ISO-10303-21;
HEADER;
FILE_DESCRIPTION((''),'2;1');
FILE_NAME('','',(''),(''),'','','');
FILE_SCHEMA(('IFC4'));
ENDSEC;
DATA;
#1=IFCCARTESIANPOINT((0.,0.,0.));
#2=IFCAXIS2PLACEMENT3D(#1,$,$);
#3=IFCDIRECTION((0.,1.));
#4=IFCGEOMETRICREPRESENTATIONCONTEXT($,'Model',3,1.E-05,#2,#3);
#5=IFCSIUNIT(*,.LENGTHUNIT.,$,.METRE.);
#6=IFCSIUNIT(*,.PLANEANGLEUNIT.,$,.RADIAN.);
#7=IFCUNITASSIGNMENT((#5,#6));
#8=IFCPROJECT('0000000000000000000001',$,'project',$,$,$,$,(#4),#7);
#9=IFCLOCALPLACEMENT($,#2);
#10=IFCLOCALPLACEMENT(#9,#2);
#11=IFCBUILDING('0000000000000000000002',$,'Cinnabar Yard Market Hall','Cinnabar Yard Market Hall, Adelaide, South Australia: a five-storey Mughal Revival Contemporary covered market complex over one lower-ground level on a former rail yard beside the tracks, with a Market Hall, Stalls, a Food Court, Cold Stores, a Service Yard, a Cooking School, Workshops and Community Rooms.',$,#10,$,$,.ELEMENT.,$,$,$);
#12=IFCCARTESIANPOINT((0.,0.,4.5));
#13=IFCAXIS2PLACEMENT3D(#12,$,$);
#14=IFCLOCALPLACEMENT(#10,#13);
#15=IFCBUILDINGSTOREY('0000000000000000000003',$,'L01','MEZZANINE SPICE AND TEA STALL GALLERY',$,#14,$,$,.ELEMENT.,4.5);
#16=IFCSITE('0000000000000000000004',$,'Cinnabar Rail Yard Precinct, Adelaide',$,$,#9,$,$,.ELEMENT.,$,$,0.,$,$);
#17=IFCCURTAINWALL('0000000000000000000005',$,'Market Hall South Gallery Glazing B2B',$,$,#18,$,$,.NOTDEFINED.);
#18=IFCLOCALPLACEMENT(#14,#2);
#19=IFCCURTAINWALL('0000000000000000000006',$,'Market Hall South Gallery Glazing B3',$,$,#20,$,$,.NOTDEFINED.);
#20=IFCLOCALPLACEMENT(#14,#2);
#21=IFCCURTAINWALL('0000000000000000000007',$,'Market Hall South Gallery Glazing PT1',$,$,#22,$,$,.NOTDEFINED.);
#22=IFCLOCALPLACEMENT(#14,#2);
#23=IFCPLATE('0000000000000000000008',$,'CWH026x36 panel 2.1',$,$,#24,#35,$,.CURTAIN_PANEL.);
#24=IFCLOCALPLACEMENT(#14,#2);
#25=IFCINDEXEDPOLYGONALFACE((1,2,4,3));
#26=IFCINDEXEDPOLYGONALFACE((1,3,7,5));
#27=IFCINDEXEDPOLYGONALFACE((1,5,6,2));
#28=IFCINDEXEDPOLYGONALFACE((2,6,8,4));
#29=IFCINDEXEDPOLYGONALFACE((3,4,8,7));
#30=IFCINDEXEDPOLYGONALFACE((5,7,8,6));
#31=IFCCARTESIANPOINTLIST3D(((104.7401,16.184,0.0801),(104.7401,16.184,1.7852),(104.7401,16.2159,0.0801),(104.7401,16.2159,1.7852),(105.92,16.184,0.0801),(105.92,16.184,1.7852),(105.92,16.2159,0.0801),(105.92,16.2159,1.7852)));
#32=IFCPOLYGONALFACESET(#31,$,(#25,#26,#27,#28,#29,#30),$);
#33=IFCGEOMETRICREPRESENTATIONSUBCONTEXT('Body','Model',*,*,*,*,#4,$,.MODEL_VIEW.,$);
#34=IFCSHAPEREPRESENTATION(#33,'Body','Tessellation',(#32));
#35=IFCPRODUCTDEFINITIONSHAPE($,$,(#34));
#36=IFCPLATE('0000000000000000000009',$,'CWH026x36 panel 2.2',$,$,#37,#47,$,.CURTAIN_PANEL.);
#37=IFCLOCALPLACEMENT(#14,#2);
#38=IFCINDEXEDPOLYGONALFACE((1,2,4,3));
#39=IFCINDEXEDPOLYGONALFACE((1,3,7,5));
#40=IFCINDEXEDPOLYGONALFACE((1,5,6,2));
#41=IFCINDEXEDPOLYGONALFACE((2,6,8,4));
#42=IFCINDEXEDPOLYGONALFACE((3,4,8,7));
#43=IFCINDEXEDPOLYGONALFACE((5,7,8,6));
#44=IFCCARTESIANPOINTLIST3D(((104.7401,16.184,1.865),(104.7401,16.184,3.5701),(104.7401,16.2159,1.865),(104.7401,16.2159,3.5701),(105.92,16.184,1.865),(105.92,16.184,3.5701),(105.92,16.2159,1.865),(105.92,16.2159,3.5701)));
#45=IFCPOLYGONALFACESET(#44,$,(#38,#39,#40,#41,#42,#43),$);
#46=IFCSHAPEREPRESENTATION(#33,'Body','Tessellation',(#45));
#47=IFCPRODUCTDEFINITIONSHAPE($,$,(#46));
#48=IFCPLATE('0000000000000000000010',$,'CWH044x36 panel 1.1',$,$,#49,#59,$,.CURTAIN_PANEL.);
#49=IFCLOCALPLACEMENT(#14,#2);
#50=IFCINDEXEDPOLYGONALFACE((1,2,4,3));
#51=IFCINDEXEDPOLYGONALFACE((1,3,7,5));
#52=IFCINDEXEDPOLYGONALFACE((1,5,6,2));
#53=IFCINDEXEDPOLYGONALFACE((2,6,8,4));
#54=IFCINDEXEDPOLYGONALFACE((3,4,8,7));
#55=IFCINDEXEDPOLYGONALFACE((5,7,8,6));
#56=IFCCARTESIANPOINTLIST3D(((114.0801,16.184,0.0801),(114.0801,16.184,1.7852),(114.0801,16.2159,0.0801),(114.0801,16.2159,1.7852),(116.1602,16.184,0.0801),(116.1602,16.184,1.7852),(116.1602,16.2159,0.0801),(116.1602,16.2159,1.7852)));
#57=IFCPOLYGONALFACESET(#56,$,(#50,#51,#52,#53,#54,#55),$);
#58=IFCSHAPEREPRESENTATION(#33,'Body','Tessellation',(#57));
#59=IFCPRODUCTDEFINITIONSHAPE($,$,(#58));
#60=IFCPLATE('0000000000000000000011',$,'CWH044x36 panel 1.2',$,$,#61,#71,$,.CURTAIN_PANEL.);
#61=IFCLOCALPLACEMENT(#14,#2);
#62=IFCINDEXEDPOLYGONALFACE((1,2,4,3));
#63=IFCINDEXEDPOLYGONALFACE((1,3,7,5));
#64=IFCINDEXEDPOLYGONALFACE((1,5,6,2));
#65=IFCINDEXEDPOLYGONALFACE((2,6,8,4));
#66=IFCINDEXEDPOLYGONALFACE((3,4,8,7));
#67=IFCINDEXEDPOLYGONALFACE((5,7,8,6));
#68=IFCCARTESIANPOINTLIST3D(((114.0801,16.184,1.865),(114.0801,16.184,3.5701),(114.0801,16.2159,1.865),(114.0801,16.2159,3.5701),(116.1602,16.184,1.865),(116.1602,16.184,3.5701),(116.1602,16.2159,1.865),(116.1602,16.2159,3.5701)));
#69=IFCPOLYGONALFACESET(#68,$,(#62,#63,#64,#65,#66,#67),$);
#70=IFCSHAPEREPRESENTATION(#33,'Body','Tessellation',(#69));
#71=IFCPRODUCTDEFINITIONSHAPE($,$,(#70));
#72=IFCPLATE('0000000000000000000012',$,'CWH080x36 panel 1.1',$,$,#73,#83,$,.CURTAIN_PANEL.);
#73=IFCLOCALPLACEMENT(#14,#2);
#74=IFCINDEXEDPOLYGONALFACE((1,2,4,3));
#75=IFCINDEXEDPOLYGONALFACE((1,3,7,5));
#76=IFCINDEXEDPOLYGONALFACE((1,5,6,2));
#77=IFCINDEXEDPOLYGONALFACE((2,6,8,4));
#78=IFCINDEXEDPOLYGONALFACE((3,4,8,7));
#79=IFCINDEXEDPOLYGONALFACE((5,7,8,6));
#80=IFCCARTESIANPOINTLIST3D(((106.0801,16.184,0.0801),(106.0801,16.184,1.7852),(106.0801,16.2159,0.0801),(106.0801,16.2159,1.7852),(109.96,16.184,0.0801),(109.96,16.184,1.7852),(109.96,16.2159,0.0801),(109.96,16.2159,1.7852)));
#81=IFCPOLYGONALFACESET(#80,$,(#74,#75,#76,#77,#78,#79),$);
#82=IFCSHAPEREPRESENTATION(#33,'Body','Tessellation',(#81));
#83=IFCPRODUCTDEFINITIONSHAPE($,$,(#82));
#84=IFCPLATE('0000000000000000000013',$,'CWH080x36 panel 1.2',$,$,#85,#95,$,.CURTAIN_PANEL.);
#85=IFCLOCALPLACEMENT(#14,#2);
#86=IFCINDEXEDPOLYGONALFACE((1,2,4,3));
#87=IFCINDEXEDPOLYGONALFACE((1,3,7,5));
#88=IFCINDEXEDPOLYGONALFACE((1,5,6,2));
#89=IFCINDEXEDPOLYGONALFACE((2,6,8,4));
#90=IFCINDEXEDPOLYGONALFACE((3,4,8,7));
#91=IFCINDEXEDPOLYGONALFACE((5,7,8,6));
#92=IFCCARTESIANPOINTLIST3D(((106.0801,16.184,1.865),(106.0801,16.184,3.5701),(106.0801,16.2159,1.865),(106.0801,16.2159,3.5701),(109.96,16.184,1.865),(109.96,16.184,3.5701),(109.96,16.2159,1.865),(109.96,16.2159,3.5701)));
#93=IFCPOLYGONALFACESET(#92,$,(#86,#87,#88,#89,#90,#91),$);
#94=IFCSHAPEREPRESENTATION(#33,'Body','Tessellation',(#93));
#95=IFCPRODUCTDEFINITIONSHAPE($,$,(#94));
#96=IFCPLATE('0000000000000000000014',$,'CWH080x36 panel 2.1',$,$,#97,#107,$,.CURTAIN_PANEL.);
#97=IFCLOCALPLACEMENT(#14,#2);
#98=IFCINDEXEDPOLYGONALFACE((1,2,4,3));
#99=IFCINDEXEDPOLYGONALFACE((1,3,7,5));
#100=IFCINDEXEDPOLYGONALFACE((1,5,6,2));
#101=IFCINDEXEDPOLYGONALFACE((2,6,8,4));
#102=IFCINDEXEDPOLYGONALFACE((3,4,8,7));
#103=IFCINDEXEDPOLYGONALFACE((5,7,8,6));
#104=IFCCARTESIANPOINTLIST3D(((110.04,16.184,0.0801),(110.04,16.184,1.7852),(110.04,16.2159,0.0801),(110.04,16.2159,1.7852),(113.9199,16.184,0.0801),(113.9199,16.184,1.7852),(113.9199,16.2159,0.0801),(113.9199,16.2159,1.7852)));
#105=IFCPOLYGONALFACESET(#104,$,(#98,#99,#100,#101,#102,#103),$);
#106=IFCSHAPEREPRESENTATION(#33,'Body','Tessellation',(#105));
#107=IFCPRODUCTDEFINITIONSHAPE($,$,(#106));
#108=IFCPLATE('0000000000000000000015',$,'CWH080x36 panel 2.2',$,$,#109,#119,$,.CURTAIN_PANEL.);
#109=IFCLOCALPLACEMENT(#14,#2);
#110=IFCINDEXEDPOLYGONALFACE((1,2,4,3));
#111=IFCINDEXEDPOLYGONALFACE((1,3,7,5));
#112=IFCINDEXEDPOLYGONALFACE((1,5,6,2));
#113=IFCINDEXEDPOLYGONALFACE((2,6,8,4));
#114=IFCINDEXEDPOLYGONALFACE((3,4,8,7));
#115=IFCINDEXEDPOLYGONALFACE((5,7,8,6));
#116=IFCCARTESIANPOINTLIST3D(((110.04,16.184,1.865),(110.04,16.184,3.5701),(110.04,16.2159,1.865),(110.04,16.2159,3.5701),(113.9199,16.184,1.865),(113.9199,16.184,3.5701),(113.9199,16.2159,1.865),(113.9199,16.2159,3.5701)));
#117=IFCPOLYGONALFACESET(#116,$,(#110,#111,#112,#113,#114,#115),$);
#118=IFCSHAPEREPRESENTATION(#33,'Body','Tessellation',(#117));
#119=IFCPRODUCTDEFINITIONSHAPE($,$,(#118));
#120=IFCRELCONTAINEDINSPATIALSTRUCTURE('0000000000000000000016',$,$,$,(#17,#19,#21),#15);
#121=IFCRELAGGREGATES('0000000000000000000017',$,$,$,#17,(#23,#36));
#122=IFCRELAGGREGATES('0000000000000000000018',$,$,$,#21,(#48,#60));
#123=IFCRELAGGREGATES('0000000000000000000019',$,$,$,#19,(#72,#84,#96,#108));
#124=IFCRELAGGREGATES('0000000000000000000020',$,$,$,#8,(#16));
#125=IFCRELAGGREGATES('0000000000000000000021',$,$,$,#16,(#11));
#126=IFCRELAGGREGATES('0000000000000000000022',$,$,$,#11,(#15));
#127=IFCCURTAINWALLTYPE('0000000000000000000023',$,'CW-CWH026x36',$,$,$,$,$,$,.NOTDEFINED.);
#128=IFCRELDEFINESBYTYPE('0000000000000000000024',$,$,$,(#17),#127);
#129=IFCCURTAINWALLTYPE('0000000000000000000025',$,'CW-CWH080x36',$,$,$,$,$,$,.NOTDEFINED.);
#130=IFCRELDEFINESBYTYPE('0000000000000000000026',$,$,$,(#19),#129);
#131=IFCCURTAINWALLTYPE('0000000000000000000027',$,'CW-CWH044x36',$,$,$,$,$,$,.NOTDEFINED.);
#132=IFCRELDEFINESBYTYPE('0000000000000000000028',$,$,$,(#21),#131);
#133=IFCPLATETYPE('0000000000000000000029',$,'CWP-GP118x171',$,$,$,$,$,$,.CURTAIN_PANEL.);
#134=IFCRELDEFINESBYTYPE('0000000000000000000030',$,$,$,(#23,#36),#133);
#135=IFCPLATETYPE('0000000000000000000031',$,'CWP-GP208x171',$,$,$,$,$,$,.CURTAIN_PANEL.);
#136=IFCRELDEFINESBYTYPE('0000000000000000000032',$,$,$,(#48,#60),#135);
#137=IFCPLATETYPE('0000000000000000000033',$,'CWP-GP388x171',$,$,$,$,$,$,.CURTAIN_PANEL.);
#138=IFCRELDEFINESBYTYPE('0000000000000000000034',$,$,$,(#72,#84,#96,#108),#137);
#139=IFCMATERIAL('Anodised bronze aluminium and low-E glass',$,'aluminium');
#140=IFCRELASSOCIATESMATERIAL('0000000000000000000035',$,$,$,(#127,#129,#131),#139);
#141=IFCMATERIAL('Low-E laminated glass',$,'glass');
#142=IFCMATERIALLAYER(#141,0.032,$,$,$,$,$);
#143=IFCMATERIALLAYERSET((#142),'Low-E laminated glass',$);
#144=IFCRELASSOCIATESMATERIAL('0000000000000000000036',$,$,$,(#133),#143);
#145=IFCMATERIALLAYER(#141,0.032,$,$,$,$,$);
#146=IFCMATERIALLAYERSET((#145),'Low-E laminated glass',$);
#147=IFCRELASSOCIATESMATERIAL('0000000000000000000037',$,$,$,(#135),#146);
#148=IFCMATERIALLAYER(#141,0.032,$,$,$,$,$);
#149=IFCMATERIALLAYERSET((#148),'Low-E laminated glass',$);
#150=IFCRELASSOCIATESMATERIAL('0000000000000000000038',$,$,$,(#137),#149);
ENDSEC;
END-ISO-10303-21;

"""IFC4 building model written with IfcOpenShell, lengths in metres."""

from ifc_helpers import new_model, si_unit, direction, frame, origin, origin_2d_with_axis, place, context, subcontext, project, spatial, rectangle, extrude, material, layer, layer_set, type_object, element, aggregate, save


model = new_model("IFC4")

# Units and contexts
model_context = context("Model", 3, precision=1e-05, world=origin(), true_north=direction((0.0, 1.0)))
body_context = subcontext(model_context, "Body", "Model", "MODEL_VIEW")
ifc_project = project(units=[si_unit("LENGTHUNIT", "METRE"), si_unit("PLANEANGLEUNIT", "RADIAN")], contexts=[model_context])

# Site, building, storey
site_placement = place(None, origin())
site = spatial("IfcSite", under=ifc_project, at=site_placement, Name="Cinnabar Rail Yard Precinct, Adelaide", CompositionType="ELEMENT", RefElevation=0.0)
building_placement = place(site_placement, origin())
building = spatial("IfcBuilding", under=site, at=building_placement, Name="Cinnabar Yard Market Hall", Description="Cinnabar Yard Market Hall, Adelaide, South Australia: a five-storey Mughal Revival Contemporary covered market complex over one lower-ground level on a former rail yard beside the tracks, with a Market Hall, Stalls, a Food Court, Cold Stores, a Service Yard, a Cooking School, Workshops and Community Rooms.", CompositionType="ELEMENT")
storey_placement = place(building_placement, frame((0.0, 0.0, 4.5)))
storey = spatial("IfcBuildingStorey", under=building, at=storey_placement, Name="L01", Description="MEZZANINE SPICE AND TEA STALL GALLERY", CompositionType="ELEMENT", Elevation=4.5)

# Curtain walls
ifc_material_1 = material(Name="Anodised bronze aluminium and low-E glass", Category="aluminium")
curtain_wall_type_1 = type_object("IfcCurtainWallType", Name="CW-CWH026x36", PredefinedType="NOTDEFINED", material=ifc_material_1)
curtain_wall_1_placement = place(storey_placement, origin())
curtain_wall_1 = element("IfcCurtainWall", 1, at=curtain_wall_1_placement, inside=storey, type_object=curtain_wall_type_1, Name="Market Hall South Gallery Glazing B2B", PredefinedType="NOTDEFINED")
curtain_wall_type_2 = type_object("IfcCurtainWallType", Name="CW-CWH080x36", PredefinedType="NOTDEFINED", material=ifc_material_1)
curtain_wall_2_placement = place(storey_placement, origin())
curtain_wall_2 = element("IfcCurtainWall", 2, at=curtain_wall_2_placement, inside=storey, type_object=curtain_wall_type_2, Name="Market Hall South Gallery Glazing B3", PredefinedType="NOTDEFINED")
curtain_wall_type_3 = type_object("IfcCurtainWallType", Name="CW-CWH044x36", PredefinedType="NOTDEFINED", material=ifc_material_1)
curtain_wall_3_placement = place(storey_placement, origin())
curtain_wall_3 = element("IfcCurtainWall", 3, at=curtain_wall_3_placement, inside=storey, type_object=curtain_wall_type_3, Name="Market Hall South Gallery Glazing PT1", PredefinedType="NOTDEFINED")

# Plates
ifc_material_2 = material(Name="Low-E laminated glass", Category="glass")
ifc_layer_1 = layer(ifc_material_2, 0.032)
ifc_layer_set_1 = layer_set([ifc_layer_1], Name="Low-E laminated glass")
plate_type_1 = type_object("IfcPlateType", Name="CWP-GP118x171", PredefinedType="CURTAIN_PANEL", material=ifc_layer_set_1)
plate_1_placement = place(storey_placement, frame((105.3301, 16.2, 0.0801), z_axis=(0.0, 0.0, 1.0), x_axis=(1.0, 0.0, 0.0)))
plate_1 = element("IfcPlate", 4, at=plate_1_placement, type_object=plate_type_1, Name="CWH026x36 panel 2.1", PredefinedType="CURTAIN_PANEL", context=body_context, shape_type="SweptSolid", body=[
    extrude(rectangle(XDim=1.1799, YDim=0.032, at=origin_2d_with_axis()), origin(), (0.0, 0.0, 1.0), 1.7051),
])
plate_2_placement = place(storey_placement, frame((105.3301, 16.2, 1.865), z_axis=(0.0, 0.0, 1.0), x_axis=(1.0, 0.0, 0.0)))
plate_2 = element("IfcPlate", 5, at=plate_2_placement, type_object=plate_type_1, Name="CWH026x36 panel 2.2", PredefinedType="CURTAIN_PANEL", context=body_context, shape_type="SweptSolid", body=[
    extrude(rectangle(XDim=1.1799, YDim=0.032, at=origin_2d_with_axis()), origin(), (0.0, 0.0, 1.0), 1.7051),
])
aggregate(curtain_wall_1, [plate_1, plate_2])
ifc_layer_2 = layer(ifc_material_2, 0.032)
ifc_layer_set_2 = layer_set([ifc_layer_2], Name="Low-E laminated glass")
plate_type_2 = type_object("IfcPlateType", Name="CWP-GP208x171", PredefinedType="CURTAIN_PANEL", material=ifc_layer_set_2)
plate_3_placement = place(storey_placement, frame((115.1201, 16.2, 0.0801), z_axis=(0.0, 0.0, 1.0), x_axis=(1.0, 0.0, 0.0)))
plate_3 = element("IfcPlate", 6, at=plate_3_placement, type_object=plate_type_2, Name="CWH044x36 panel 1.1", PredefinedType="CURTAIN_PANEL", context=body_context, shape_type="SweptSolid", body=[
    extrude(rectangle(XDim=2.0801, YDim=0.032, at=origin_2d_with_axis()), origin(), (0.0, 0.0, 1.0), 1.7051),
])
plate_4_placement = place(storey_placement, frame((115.1201, 16.2, 1.865), z_axis=(0.0, 0.0, 1.0), x_axis=(1.0, 0.0, 0.0)))
plate_4 = element("IfcPlate", 7, at=plate_4_placement, type_object=plate_type_2, Name="CWH044x36 panel 1.2", PredefinedType="CURTAIN_PANEL", context=body_context, shape_type="SweptSolid", body=[
    extrude(rectangle(XDim=2.0801, YDim=0.032, at=origin_2d_with_axis()), origin(), (0.0, 0.0, 1.0), 1.7051),
])
aggregate(curtain_wall_3, [plate_3, plate_4])
ifc_layer_3 = layer(ifc_material_2, 0.032)
ifc_layer_set_3 = layer_set([ifc_layer_3], Name="Low-E laminated glass")
plate_type_3 = type_object("IfcPlateType", Name="CWP-GP388x171", PredefinedType="CURTAIN_PANEL", material=ifc_layer_set_3)
plate_5_placement = place(storey_placement, frame((108.02, 16.2, 0.0801), z_axis=(0.0, 0.0, 1.0), x_axis=(1.0, 0.0, 0.0)))
plate_5 = element("IfcPlate", 8, at=plate_5_placement, type_object=plate_type_3, Name="CWH080x36 panel 1.1", PredefinedType="CURTAIN_PANEL", context=body_context, shape_type="SweptSolid", body=[
    extrude(rectangle(XDim=3.8799, YDim=0.032, at=origin_2d_with_axis()), origin(), (0.0, 0.0, 1.0), 1.7051),
])
plate_6_placement = place(storey_placement, frame((108.02, 16.2, 1.865), z_axis=(0.0, 0.0, 1.0), x_axis=(1.0, 0.0, 0.0)))
plate_6 = element("IfcPlate", 9, at=plate_6_placement, type_object=plate_type_3, Name="CWH080x36 panel 1.2", PredefinedType="CURTAIN_PANEL", context=body_context, shape_type="SweptSolid", body=[
    extrude(rectangle(XDim=3.8799, YDim=0.032, at=origin_2d_with_axis()), origin(), (0.0, 0.0, 1.0), 1.7051),
])
plate_7_placement = place(storey_placement, frame((111.98, 16.2, 0.0801), z_axis=(0.0, 0.0, 1.0), x_axis=(1.0, 0.0, 0.0)))
plate_7 = element("IfcPlate", 10, at=plate_7_placement, type_object=plate_type_3, Name="CWH080x36 panel 2.1", PredefinedType="CURTAIN_PANEL", context=body_context, shape_type="SweptSolid", body=[
    extrude(rectangle(XDim=3.8799, YDim=0.032, at=origin_2d_with_axis()), origin(), (0.0, 0.0, 1.0), 1.7051),
])
plate_8_placement = place(storey_placement, frame((111.98, 16.2, 1.865), z_axis=(0.0, 0.0, 1.0), x_axis=(1.0, 0.0, 0.0)))
plate_8 = element("IfcPlate", 11, at=plate_8_placement, type_object=plate_type_3, Name="CWH080x36 panel 2.2", PredefinedType="CURTAIN_PANEL", context=body_context, shape_type="SweptSolid", body=[
    extrude(rectangle(XDim=3.8799, YDim=0.032, at=origin_2d_with_axis()), origin(), (0.0, 0.0, 1.0), 1.7051),
])
aggregate(curtain_wall_2, [plate_5, plate_6, plate_7, plate_8])

save(model, "model.ifc")
